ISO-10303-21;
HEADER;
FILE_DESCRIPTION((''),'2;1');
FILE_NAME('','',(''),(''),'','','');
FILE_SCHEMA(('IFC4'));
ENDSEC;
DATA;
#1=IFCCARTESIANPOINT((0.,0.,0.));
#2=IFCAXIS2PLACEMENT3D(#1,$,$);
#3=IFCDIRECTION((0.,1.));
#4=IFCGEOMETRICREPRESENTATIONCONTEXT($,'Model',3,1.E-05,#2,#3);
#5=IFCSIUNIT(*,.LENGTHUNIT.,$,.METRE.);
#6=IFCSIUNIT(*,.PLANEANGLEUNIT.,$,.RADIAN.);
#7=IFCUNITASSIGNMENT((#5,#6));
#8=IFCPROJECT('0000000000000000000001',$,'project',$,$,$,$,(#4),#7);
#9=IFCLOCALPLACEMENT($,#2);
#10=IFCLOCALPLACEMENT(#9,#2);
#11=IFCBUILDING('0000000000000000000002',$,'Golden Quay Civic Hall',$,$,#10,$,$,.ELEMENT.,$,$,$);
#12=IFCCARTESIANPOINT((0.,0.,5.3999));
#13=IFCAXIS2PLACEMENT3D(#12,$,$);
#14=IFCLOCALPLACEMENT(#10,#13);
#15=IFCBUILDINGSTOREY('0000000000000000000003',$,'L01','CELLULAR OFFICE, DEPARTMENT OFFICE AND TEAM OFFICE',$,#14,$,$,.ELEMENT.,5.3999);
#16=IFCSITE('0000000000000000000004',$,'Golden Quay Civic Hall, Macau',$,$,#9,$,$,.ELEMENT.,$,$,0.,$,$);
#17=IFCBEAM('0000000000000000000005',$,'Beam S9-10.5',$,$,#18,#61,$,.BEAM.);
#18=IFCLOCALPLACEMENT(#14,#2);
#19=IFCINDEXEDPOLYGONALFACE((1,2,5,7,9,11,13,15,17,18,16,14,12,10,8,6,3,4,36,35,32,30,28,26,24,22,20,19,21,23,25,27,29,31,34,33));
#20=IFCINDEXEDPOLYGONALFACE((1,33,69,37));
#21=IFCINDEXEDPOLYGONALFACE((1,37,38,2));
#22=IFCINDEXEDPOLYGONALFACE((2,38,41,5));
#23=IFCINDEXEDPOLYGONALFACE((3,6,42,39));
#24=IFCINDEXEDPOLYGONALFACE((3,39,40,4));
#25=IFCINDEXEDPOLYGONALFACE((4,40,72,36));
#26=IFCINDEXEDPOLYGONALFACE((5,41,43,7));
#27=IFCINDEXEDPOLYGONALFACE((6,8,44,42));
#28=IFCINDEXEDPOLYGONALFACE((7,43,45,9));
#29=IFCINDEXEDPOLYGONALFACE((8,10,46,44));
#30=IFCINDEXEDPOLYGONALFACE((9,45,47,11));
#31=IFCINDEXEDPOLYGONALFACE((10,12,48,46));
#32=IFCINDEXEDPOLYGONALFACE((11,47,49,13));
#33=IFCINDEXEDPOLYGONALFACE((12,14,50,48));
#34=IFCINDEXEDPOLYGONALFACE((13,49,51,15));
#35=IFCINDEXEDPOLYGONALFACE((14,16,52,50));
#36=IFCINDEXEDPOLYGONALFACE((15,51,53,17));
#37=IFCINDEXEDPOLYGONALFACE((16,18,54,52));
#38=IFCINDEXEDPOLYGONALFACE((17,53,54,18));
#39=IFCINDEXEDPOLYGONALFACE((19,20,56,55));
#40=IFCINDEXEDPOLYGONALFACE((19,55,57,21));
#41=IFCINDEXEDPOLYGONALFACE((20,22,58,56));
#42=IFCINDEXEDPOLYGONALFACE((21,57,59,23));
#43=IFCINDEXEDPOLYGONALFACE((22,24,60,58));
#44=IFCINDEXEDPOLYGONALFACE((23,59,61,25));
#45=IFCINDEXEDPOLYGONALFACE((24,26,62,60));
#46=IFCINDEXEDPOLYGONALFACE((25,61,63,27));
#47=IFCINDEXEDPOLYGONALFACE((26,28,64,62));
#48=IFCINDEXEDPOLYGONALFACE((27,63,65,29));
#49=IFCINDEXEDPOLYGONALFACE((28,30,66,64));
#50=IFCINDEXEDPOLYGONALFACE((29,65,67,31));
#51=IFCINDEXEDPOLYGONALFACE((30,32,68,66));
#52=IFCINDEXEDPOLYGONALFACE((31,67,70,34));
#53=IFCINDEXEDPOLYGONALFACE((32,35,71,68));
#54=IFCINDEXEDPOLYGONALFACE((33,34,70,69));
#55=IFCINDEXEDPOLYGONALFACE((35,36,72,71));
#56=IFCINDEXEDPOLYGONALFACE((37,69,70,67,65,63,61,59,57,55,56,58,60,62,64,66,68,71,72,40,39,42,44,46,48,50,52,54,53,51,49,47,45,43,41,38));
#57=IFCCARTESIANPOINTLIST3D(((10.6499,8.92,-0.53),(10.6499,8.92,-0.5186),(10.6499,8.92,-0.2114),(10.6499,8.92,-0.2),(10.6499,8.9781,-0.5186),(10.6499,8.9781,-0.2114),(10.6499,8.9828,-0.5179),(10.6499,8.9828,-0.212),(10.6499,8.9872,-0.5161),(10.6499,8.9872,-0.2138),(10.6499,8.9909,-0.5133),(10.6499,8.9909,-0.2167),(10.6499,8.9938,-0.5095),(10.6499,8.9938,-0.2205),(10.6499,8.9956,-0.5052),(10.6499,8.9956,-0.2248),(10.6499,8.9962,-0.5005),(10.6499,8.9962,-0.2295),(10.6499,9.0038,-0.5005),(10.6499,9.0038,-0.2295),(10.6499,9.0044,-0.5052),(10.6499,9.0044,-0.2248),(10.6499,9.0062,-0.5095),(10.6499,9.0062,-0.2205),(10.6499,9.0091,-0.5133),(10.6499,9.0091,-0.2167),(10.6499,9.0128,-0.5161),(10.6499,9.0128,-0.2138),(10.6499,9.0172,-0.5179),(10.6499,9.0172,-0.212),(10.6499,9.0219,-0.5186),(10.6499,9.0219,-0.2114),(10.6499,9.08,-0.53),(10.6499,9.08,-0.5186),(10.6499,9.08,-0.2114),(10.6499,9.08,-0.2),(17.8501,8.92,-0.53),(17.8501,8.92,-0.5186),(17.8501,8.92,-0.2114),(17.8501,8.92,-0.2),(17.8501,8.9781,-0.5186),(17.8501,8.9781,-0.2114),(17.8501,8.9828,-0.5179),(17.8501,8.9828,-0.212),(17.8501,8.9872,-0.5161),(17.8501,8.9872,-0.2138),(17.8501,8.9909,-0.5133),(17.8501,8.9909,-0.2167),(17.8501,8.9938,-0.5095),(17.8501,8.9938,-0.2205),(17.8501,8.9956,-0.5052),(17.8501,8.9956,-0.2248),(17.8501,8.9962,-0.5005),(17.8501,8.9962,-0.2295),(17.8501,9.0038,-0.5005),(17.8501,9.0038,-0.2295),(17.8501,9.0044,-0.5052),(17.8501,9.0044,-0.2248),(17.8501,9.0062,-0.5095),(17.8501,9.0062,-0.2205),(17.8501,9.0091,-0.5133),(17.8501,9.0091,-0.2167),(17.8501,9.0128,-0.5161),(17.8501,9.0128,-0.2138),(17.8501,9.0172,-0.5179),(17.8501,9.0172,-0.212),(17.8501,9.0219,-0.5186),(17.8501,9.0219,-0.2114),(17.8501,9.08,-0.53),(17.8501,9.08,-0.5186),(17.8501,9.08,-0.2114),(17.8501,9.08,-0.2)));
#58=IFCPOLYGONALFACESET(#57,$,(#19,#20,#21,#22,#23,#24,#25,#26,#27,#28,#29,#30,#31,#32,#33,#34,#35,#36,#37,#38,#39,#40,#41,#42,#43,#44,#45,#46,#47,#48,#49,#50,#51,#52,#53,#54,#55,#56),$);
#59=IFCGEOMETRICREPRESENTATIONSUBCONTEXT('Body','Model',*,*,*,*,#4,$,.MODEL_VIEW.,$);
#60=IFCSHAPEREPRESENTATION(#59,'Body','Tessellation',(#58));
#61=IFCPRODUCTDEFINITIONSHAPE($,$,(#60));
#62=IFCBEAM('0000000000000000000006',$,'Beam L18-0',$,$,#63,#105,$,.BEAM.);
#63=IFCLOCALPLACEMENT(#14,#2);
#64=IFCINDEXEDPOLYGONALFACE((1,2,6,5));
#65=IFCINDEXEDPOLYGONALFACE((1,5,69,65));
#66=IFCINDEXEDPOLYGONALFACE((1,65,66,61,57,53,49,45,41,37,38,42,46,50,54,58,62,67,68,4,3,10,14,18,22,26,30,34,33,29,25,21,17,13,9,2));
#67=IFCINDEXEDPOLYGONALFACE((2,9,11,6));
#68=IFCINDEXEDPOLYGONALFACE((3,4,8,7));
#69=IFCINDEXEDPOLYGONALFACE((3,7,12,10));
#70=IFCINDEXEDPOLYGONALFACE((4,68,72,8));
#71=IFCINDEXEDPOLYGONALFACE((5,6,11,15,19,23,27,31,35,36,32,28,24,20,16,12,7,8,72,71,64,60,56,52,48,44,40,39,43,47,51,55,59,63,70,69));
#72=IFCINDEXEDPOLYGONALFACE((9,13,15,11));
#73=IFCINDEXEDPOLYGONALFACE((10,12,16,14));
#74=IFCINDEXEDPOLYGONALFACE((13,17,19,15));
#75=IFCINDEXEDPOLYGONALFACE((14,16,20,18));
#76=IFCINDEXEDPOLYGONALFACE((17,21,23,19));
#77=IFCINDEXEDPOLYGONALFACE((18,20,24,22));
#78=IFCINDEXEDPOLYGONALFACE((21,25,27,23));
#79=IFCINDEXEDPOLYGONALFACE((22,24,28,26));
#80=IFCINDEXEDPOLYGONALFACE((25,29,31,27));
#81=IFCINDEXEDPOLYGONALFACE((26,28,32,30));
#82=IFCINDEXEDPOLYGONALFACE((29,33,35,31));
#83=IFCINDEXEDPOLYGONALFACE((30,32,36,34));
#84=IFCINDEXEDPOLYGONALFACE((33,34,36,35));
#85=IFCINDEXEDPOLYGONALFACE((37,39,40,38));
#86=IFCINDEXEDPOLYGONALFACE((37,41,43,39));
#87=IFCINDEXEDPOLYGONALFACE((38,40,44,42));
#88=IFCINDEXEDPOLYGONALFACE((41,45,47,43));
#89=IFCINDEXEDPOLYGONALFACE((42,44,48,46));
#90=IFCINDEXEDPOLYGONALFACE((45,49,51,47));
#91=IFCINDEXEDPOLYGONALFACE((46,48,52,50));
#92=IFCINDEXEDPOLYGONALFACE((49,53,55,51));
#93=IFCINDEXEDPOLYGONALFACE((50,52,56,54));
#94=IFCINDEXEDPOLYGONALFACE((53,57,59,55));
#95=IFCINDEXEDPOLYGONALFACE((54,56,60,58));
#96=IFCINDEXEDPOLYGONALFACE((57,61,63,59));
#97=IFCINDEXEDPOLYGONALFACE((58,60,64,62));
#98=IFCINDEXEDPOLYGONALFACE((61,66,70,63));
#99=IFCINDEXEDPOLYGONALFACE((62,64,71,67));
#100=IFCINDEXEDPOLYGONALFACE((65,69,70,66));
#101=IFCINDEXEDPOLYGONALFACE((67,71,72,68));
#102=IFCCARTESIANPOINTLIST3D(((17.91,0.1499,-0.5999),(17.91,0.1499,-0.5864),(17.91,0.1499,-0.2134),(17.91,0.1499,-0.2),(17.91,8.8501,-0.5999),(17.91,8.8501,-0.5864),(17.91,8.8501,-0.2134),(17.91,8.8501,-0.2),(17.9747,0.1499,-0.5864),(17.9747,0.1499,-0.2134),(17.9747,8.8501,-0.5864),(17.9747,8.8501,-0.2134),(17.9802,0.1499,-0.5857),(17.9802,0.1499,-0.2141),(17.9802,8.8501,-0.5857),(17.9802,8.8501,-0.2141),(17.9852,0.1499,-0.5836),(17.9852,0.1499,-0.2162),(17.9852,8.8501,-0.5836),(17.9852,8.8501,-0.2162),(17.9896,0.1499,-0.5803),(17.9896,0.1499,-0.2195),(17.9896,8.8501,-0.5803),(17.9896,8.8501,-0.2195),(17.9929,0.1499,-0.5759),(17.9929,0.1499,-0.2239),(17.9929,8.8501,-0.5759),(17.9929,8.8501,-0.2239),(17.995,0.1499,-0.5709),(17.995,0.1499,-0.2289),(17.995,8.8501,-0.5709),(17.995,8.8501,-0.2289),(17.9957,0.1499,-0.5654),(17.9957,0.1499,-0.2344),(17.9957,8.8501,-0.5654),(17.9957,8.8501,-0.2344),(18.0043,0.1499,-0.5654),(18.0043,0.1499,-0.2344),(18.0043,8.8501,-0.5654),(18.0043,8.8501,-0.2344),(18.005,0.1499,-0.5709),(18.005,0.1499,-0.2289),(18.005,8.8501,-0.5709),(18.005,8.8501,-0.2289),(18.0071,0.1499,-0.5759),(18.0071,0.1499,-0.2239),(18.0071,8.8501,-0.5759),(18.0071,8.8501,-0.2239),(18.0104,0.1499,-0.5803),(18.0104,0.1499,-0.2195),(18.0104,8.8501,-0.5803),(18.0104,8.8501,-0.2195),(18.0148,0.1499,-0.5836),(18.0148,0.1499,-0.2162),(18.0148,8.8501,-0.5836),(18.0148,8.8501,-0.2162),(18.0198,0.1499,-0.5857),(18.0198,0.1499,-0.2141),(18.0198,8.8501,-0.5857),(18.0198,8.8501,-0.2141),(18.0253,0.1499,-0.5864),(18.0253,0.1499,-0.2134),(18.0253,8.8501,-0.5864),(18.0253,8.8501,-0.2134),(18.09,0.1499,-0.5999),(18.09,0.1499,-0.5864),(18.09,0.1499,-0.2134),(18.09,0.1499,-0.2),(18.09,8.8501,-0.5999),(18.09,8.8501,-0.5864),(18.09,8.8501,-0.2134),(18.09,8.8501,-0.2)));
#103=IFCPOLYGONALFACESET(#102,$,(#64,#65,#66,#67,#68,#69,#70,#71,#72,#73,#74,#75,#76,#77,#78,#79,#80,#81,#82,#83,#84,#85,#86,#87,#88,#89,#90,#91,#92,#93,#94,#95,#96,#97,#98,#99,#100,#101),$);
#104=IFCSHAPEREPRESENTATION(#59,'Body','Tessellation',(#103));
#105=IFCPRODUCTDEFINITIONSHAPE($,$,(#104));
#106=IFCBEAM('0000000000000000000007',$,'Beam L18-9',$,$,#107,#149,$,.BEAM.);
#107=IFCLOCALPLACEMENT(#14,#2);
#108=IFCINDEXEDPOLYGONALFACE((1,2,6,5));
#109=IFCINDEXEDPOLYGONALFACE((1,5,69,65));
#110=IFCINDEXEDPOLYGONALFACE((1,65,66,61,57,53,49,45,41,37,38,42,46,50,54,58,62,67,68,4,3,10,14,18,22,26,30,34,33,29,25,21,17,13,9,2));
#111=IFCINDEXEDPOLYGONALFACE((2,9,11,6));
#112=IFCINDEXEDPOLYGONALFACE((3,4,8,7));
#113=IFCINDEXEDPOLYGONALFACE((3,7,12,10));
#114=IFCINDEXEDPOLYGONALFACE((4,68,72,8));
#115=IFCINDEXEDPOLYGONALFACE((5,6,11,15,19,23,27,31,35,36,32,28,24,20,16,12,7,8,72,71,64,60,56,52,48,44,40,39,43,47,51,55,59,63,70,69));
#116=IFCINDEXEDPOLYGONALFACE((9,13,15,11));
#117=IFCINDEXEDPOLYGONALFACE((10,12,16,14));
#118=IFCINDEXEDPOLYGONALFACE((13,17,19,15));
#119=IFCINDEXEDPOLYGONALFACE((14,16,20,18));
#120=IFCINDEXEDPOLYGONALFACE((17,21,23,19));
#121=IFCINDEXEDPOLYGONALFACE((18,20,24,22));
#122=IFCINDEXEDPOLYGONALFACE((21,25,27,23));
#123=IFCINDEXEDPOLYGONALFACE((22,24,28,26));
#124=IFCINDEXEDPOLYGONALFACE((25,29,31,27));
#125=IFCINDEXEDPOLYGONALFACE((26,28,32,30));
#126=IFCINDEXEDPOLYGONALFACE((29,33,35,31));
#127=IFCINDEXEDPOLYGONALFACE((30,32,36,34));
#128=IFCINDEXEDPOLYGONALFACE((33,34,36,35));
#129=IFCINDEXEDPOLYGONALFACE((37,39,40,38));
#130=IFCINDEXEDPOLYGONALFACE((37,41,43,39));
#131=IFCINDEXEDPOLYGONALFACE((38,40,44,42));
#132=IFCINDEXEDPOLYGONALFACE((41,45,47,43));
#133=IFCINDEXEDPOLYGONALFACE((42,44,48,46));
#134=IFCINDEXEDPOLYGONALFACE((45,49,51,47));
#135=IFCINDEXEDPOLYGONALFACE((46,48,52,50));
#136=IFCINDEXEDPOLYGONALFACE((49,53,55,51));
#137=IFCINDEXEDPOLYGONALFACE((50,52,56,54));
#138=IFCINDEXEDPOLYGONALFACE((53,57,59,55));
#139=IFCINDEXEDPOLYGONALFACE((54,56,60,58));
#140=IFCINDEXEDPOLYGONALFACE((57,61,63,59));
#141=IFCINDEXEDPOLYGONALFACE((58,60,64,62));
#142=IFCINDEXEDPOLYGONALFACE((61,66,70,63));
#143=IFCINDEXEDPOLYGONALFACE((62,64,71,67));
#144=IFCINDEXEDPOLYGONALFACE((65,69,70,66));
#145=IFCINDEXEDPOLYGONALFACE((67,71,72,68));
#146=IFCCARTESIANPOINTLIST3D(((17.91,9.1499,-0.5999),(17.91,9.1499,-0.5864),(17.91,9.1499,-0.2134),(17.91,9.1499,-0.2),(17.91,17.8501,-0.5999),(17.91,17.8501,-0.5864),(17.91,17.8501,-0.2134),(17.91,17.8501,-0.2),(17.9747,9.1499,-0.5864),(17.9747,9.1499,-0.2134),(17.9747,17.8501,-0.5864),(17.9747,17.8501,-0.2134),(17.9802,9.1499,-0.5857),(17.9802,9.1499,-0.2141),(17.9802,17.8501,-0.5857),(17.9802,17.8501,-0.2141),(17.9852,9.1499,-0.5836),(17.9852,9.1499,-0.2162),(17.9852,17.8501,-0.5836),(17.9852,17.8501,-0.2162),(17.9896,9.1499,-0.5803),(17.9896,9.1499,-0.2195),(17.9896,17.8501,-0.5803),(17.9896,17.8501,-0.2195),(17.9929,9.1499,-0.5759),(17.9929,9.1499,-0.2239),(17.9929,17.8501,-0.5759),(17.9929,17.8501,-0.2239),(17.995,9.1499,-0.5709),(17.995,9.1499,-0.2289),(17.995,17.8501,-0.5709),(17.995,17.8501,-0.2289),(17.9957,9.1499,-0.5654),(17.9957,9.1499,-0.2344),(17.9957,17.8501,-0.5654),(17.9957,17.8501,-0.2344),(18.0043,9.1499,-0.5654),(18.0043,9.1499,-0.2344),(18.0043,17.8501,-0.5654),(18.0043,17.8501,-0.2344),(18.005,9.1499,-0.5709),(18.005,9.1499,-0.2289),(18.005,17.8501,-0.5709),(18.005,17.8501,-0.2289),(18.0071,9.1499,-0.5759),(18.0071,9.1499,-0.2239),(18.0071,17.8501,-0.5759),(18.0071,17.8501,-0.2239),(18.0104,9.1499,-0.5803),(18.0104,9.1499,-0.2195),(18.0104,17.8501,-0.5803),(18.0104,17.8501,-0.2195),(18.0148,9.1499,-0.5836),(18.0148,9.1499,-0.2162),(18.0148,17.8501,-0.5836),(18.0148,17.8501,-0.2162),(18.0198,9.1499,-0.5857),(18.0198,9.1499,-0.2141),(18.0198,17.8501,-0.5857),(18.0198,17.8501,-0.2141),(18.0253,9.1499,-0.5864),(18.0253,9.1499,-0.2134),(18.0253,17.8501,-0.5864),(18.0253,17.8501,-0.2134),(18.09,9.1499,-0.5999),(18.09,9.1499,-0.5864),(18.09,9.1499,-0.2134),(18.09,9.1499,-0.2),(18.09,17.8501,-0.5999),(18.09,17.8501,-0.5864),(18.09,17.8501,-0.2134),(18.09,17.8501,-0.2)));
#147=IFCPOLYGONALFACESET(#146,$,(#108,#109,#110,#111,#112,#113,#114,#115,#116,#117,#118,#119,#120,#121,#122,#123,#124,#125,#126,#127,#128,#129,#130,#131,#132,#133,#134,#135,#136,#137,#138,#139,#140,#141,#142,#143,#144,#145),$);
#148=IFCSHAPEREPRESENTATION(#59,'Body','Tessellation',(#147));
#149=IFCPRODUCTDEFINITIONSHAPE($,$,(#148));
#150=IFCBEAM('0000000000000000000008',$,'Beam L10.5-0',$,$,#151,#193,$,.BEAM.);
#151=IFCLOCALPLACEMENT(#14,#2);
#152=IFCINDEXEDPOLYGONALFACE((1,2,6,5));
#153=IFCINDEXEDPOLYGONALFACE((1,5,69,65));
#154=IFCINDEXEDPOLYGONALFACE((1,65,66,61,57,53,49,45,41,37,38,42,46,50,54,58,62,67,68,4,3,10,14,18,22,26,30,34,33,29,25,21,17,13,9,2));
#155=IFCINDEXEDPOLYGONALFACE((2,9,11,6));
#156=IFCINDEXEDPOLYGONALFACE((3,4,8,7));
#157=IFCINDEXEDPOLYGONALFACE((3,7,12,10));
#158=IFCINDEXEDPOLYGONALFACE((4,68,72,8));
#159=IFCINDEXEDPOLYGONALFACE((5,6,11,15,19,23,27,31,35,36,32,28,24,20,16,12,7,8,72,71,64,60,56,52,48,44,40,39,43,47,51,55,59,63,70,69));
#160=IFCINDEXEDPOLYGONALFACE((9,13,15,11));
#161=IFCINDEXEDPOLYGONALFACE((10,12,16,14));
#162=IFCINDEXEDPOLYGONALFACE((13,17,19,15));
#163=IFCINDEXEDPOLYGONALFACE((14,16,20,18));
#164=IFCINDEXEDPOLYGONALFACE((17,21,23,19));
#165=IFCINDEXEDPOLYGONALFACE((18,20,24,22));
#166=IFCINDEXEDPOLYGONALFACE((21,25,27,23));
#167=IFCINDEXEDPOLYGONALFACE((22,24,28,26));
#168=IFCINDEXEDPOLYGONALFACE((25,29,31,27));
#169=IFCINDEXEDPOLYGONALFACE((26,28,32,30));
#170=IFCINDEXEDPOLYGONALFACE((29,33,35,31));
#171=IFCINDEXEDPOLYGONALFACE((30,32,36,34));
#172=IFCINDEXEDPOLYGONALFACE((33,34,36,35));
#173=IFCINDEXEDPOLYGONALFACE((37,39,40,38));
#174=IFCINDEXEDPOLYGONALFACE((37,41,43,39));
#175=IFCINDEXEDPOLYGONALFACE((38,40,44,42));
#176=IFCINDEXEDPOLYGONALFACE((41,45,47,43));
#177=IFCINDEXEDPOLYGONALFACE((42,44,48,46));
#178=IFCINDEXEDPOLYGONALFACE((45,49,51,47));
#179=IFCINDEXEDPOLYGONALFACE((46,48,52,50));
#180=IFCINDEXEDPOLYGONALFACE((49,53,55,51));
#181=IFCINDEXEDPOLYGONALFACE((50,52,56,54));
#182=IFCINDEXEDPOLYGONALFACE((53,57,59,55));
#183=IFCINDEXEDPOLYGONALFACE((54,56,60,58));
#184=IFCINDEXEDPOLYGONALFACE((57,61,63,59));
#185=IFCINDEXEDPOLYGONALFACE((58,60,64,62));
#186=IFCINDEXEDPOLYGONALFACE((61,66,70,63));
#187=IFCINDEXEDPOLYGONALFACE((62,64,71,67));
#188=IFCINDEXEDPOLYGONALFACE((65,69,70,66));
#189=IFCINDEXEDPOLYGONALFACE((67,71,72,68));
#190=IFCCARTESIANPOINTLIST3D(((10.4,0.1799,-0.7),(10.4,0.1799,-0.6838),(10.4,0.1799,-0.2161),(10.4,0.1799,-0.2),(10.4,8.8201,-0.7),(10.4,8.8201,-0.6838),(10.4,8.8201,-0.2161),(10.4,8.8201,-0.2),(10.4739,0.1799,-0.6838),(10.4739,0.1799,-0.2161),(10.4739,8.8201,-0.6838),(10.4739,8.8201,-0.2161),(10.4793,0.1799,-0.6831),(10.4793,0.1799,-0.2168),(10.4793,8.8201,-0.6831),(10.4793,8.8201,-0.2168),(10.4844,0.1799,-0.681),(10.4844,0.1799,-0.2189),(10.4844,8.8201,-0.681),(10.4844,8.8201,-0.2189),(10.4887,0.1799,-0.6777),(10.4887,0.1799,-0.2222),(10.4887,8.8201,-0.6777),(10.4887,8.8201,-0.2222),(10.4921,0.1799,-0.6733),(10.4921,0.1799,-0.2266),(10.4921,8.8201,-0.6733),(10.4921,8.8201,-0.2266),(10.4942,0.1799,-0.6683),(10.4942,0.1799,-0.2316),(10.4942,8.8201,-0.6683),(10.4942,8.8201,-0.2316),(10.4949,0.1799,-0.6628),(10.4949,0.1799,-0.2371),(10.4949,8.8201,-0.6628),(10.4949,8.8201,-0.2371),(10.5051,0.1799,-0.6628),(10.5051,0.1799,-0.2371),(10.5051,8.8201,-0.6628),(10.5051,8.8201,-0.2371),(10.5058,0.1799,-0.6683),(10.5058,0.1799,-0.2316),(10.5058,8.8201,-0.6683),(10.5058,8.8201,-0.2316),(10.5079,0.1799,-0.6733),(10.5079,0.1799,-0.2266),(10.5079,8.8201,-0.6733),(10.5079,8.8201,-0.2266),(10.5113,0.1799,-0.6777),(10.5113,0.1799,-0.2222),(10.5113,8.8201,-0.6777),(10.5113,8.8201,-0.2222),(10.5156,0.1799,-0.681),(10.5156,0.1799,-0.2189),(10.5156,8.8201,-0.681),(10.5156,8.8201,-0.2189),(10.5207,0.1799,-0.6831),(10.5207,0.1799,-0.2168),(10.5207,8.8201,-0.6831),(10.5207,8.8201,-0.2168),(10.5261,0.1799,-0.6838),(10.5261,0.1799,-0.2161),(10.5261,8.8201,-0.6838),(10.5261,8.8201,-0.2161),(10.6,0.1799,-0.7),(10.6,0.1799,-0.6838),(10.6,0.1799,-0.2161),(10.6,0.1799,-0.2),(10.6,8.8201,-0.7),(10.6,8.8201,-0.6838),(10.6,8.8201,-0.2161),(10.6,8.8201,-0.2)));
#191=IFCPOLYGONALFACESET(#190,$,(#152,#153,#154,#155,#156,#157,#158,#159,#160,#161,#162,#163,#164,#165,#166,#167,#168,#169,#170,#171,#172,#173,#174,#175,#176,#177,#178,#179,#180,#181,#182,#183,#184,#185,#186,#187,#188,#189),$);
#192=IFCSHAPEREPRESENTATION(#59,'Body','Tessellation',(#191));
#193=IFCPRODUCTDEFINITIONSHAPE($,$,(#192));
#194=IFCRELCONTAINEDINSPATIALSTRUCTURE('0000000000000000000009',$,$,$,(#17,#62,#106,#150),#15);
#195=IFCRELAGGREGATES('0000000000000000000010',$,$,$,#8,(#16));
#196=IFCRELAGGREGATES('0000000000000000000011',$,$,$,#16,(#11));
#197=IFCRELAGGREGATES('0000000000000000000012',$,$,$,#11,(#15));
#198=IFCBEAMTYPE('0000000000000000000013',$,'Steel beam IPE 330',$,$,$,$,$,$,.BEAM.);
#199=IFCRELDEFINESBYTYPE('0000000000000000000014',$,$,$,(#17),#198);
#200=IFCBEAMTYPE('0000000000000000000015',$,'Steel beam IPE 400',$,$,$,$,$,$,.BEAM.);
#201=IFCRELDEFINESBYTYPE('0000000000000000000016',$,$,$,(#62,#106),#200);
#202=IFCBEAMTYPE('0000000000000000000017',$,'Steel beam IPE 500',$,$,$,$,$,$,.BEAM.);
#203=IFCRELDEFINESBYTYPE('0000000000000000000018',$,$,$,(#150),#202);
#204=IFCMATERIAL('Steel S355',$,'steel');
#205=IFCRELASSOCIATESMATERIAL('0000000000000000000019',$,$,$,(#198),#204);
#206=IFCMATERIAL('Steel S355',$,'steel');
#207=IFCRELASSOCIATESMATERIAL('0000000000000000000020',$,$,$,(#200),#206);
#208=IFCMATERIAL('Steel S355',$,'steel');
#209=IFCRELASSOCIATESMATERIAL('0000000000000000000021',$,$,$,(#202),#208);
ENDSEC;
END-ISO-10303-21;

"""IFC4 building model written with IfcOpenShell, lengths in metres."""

from ifc_helpers import new_model, si_unit, direction, frame, origin, origin_2d, place, context, subcontext, project, spatial, i_section, extrude, material, material_profile, profile_set, type_object, element, save


model = new_model("IFC4")

# Units and contexts
model_context = context("Model", 3, precision=1e-05, world=origin(), true_north=direction((0.0, 1.0)))
body_context = subcontext(model_context, "Body", "Model", "MODEL_VIEW")
ifc_project = project(units=[si_unit("LENGTHUNIT", "METRE"), si_unit("PLANEANGLEUNIT", "RADIAN")], contexts=[model_context])

# Site, building, storey
site_placement = place(None, origin())
site = spatial("IfcSite", under=ifc_project, at=site_placement, Name="Golden Quay Civic Hall, Macau", CompositionType="ELEMENT", RefElevation=0.0)
building_placement = place(site_placement, origin())
building = spatial("IfcBuilding", under=site, at=building_placement, Name="Golden Quay Civic Hall", CompositionType="ELEMENT")
storey_placement = place(building_placement, frame((0.0, 0.0, 5.3999)))
storey = spatial("IfcBuildingStorey", under=building, at=storey_placement, Name="L01", Description="CELLULAR OFFICE, DEPARTMENT OFFICE AND TEAM OFFICE", CompositionType="ELEMENT", Elevation=5.3999)

# Beams
ifc_material_1 = material(Name="Steel S355", Category="steel")
ifc_material_profile_1 = material_profile(ifc_material_1, i_section(OverallWidth=0.1599, OverallDepth=0.3301, WebThickness=0.0076, FlangeThickness=0.0115, FilletRadius=0.0181, at=origin_2d()), Name="IPE 330")
ifc_profile_set_1 = profile_set([ifc_material_profile_1], Name="Steel S355")
beam_type_1 = type_object("IfcBeamType", Name="Steel beam IPE 330", PredefinedType="BEAM", material=ifc_profile_set_1)
for number, where, z_axis, x_axis, name in (
    (1, (10.6499, 9.0, -0.365), (1.0, 0.0, 0.0), (0.0, 1.0, 0.0), "Beam S9-10.5"),
):
    element("IfcBeam", number, at=place(storey_placement, frame(where, z_axis=z_axis, x_axis=x_axis)), inside=storey, type_object=beam_type_1, Name=name, PredefinedType="BEAM", context=body_context, shape_type="SweptSolid", body=[
        extrude(i_section(OverallWidth=0.1599, OverallDepth=0.3301, WebThickness=0.0076, FlangeThickness=0.0115, FilletRadius=0.0181, at=origin_2d()), origin(), (0.0, 0.0, 1.0), 7.2002),
    ])
ifc_material_2 = material(Name="Steel S355", Category="steel")
ifc_material_profile_2 = material_profile(ifc_material_2, i_section(OverallWidth=0.1799, OverallDepth=0.3999, WebThickness=0.0085, FlangeThickness=0.0134, FilletRadius=0.021, at=origin_2d()), Name="IPE 400")
ifc_profile_set_2 = profile_set([ifc_material_profile_2], Name="Steel S355")
beam_type_2 = type_object("IfcBeamType", Name="Steel beam IPE 400", PredefinedType="BEAM", material=ifc_profile_set_2)
for number, where, z_axis, x_axis, name in (
    (2, (18.0, 0.1499, -0.3999), (0.0, 1.0, 0.0), (-1.0, 0.0, 0.0), "Beam L18-0"),
    (3, (18.0, 9.1499, -0.3999), (0.0, 1.0, 0.0), (-1.0, 0.0, 0.0), "Beam L18-9"),
):
    element("IfcBeam", number, at=place(storey_placement, frame(where, z_axis=z_axis, x_axis=x_axis)), inside=storey, type_object=beam_type_2, Name=name, PredefinedType="BEAM", context=body_context, shape_type="SweptSolid", body=[
        extrude(i_section(OverallWidth=0.1799, OverallDepth=0.3999, WebThickness=0.0085, FlangeThickness=0.0134, FilletRadius=0.021, at=origin_2d()), origin(), (0.0, 0.0, 1.0), 8.7002),
    ])
ifc_material_3 = material(Name="Steel S355", Category="steel")
ifc_material_profile_3 = material_profile(ifc_material_3, i_section(OverallWidth=0.2, OverallDepth=0.5, WebThickness=0.0103, FlangeThickness=0.0161, FilletRadius=0.021, at=origin_2d()), Name="IPE 500")
ifc_profile_set_3 = profile_set([ifc_material_profile_3], Name="Steel S355")
beam_type_3 = type_object("IfcBeamType", Name="Steel beam IPE 500", PredefinedType="BEAM", material=ifc_profile_set_3)
for number, where, z_axis, x_axis, name in (
    (4, (10.5, 0.1799, -0.45), (0.0, 1.0, 0.0), (-1.0, 0.0, 0.0), "Beam L10.5-0"),
):
    element("IfcBeam", number, at=place(storey_placement, frame(where, z_axis=z_axis, x_axis=x_axis)), inside=storey, type_object=beam_type_3, Name=name, PredefinedType="BEAM", context=body_context, shape_type="SweptSolid", body=[
        extrude(i_section(OverallWidth=0.2, OverallDepth=0.5, WebThickness=0.0103, FlangeThickness=0.0161, FilletRadius=0.021, at=origin_2d()), origin(), (0.0, 0.0, 1.0), 8.6401),
    ])

save(model, "model.ifc")
